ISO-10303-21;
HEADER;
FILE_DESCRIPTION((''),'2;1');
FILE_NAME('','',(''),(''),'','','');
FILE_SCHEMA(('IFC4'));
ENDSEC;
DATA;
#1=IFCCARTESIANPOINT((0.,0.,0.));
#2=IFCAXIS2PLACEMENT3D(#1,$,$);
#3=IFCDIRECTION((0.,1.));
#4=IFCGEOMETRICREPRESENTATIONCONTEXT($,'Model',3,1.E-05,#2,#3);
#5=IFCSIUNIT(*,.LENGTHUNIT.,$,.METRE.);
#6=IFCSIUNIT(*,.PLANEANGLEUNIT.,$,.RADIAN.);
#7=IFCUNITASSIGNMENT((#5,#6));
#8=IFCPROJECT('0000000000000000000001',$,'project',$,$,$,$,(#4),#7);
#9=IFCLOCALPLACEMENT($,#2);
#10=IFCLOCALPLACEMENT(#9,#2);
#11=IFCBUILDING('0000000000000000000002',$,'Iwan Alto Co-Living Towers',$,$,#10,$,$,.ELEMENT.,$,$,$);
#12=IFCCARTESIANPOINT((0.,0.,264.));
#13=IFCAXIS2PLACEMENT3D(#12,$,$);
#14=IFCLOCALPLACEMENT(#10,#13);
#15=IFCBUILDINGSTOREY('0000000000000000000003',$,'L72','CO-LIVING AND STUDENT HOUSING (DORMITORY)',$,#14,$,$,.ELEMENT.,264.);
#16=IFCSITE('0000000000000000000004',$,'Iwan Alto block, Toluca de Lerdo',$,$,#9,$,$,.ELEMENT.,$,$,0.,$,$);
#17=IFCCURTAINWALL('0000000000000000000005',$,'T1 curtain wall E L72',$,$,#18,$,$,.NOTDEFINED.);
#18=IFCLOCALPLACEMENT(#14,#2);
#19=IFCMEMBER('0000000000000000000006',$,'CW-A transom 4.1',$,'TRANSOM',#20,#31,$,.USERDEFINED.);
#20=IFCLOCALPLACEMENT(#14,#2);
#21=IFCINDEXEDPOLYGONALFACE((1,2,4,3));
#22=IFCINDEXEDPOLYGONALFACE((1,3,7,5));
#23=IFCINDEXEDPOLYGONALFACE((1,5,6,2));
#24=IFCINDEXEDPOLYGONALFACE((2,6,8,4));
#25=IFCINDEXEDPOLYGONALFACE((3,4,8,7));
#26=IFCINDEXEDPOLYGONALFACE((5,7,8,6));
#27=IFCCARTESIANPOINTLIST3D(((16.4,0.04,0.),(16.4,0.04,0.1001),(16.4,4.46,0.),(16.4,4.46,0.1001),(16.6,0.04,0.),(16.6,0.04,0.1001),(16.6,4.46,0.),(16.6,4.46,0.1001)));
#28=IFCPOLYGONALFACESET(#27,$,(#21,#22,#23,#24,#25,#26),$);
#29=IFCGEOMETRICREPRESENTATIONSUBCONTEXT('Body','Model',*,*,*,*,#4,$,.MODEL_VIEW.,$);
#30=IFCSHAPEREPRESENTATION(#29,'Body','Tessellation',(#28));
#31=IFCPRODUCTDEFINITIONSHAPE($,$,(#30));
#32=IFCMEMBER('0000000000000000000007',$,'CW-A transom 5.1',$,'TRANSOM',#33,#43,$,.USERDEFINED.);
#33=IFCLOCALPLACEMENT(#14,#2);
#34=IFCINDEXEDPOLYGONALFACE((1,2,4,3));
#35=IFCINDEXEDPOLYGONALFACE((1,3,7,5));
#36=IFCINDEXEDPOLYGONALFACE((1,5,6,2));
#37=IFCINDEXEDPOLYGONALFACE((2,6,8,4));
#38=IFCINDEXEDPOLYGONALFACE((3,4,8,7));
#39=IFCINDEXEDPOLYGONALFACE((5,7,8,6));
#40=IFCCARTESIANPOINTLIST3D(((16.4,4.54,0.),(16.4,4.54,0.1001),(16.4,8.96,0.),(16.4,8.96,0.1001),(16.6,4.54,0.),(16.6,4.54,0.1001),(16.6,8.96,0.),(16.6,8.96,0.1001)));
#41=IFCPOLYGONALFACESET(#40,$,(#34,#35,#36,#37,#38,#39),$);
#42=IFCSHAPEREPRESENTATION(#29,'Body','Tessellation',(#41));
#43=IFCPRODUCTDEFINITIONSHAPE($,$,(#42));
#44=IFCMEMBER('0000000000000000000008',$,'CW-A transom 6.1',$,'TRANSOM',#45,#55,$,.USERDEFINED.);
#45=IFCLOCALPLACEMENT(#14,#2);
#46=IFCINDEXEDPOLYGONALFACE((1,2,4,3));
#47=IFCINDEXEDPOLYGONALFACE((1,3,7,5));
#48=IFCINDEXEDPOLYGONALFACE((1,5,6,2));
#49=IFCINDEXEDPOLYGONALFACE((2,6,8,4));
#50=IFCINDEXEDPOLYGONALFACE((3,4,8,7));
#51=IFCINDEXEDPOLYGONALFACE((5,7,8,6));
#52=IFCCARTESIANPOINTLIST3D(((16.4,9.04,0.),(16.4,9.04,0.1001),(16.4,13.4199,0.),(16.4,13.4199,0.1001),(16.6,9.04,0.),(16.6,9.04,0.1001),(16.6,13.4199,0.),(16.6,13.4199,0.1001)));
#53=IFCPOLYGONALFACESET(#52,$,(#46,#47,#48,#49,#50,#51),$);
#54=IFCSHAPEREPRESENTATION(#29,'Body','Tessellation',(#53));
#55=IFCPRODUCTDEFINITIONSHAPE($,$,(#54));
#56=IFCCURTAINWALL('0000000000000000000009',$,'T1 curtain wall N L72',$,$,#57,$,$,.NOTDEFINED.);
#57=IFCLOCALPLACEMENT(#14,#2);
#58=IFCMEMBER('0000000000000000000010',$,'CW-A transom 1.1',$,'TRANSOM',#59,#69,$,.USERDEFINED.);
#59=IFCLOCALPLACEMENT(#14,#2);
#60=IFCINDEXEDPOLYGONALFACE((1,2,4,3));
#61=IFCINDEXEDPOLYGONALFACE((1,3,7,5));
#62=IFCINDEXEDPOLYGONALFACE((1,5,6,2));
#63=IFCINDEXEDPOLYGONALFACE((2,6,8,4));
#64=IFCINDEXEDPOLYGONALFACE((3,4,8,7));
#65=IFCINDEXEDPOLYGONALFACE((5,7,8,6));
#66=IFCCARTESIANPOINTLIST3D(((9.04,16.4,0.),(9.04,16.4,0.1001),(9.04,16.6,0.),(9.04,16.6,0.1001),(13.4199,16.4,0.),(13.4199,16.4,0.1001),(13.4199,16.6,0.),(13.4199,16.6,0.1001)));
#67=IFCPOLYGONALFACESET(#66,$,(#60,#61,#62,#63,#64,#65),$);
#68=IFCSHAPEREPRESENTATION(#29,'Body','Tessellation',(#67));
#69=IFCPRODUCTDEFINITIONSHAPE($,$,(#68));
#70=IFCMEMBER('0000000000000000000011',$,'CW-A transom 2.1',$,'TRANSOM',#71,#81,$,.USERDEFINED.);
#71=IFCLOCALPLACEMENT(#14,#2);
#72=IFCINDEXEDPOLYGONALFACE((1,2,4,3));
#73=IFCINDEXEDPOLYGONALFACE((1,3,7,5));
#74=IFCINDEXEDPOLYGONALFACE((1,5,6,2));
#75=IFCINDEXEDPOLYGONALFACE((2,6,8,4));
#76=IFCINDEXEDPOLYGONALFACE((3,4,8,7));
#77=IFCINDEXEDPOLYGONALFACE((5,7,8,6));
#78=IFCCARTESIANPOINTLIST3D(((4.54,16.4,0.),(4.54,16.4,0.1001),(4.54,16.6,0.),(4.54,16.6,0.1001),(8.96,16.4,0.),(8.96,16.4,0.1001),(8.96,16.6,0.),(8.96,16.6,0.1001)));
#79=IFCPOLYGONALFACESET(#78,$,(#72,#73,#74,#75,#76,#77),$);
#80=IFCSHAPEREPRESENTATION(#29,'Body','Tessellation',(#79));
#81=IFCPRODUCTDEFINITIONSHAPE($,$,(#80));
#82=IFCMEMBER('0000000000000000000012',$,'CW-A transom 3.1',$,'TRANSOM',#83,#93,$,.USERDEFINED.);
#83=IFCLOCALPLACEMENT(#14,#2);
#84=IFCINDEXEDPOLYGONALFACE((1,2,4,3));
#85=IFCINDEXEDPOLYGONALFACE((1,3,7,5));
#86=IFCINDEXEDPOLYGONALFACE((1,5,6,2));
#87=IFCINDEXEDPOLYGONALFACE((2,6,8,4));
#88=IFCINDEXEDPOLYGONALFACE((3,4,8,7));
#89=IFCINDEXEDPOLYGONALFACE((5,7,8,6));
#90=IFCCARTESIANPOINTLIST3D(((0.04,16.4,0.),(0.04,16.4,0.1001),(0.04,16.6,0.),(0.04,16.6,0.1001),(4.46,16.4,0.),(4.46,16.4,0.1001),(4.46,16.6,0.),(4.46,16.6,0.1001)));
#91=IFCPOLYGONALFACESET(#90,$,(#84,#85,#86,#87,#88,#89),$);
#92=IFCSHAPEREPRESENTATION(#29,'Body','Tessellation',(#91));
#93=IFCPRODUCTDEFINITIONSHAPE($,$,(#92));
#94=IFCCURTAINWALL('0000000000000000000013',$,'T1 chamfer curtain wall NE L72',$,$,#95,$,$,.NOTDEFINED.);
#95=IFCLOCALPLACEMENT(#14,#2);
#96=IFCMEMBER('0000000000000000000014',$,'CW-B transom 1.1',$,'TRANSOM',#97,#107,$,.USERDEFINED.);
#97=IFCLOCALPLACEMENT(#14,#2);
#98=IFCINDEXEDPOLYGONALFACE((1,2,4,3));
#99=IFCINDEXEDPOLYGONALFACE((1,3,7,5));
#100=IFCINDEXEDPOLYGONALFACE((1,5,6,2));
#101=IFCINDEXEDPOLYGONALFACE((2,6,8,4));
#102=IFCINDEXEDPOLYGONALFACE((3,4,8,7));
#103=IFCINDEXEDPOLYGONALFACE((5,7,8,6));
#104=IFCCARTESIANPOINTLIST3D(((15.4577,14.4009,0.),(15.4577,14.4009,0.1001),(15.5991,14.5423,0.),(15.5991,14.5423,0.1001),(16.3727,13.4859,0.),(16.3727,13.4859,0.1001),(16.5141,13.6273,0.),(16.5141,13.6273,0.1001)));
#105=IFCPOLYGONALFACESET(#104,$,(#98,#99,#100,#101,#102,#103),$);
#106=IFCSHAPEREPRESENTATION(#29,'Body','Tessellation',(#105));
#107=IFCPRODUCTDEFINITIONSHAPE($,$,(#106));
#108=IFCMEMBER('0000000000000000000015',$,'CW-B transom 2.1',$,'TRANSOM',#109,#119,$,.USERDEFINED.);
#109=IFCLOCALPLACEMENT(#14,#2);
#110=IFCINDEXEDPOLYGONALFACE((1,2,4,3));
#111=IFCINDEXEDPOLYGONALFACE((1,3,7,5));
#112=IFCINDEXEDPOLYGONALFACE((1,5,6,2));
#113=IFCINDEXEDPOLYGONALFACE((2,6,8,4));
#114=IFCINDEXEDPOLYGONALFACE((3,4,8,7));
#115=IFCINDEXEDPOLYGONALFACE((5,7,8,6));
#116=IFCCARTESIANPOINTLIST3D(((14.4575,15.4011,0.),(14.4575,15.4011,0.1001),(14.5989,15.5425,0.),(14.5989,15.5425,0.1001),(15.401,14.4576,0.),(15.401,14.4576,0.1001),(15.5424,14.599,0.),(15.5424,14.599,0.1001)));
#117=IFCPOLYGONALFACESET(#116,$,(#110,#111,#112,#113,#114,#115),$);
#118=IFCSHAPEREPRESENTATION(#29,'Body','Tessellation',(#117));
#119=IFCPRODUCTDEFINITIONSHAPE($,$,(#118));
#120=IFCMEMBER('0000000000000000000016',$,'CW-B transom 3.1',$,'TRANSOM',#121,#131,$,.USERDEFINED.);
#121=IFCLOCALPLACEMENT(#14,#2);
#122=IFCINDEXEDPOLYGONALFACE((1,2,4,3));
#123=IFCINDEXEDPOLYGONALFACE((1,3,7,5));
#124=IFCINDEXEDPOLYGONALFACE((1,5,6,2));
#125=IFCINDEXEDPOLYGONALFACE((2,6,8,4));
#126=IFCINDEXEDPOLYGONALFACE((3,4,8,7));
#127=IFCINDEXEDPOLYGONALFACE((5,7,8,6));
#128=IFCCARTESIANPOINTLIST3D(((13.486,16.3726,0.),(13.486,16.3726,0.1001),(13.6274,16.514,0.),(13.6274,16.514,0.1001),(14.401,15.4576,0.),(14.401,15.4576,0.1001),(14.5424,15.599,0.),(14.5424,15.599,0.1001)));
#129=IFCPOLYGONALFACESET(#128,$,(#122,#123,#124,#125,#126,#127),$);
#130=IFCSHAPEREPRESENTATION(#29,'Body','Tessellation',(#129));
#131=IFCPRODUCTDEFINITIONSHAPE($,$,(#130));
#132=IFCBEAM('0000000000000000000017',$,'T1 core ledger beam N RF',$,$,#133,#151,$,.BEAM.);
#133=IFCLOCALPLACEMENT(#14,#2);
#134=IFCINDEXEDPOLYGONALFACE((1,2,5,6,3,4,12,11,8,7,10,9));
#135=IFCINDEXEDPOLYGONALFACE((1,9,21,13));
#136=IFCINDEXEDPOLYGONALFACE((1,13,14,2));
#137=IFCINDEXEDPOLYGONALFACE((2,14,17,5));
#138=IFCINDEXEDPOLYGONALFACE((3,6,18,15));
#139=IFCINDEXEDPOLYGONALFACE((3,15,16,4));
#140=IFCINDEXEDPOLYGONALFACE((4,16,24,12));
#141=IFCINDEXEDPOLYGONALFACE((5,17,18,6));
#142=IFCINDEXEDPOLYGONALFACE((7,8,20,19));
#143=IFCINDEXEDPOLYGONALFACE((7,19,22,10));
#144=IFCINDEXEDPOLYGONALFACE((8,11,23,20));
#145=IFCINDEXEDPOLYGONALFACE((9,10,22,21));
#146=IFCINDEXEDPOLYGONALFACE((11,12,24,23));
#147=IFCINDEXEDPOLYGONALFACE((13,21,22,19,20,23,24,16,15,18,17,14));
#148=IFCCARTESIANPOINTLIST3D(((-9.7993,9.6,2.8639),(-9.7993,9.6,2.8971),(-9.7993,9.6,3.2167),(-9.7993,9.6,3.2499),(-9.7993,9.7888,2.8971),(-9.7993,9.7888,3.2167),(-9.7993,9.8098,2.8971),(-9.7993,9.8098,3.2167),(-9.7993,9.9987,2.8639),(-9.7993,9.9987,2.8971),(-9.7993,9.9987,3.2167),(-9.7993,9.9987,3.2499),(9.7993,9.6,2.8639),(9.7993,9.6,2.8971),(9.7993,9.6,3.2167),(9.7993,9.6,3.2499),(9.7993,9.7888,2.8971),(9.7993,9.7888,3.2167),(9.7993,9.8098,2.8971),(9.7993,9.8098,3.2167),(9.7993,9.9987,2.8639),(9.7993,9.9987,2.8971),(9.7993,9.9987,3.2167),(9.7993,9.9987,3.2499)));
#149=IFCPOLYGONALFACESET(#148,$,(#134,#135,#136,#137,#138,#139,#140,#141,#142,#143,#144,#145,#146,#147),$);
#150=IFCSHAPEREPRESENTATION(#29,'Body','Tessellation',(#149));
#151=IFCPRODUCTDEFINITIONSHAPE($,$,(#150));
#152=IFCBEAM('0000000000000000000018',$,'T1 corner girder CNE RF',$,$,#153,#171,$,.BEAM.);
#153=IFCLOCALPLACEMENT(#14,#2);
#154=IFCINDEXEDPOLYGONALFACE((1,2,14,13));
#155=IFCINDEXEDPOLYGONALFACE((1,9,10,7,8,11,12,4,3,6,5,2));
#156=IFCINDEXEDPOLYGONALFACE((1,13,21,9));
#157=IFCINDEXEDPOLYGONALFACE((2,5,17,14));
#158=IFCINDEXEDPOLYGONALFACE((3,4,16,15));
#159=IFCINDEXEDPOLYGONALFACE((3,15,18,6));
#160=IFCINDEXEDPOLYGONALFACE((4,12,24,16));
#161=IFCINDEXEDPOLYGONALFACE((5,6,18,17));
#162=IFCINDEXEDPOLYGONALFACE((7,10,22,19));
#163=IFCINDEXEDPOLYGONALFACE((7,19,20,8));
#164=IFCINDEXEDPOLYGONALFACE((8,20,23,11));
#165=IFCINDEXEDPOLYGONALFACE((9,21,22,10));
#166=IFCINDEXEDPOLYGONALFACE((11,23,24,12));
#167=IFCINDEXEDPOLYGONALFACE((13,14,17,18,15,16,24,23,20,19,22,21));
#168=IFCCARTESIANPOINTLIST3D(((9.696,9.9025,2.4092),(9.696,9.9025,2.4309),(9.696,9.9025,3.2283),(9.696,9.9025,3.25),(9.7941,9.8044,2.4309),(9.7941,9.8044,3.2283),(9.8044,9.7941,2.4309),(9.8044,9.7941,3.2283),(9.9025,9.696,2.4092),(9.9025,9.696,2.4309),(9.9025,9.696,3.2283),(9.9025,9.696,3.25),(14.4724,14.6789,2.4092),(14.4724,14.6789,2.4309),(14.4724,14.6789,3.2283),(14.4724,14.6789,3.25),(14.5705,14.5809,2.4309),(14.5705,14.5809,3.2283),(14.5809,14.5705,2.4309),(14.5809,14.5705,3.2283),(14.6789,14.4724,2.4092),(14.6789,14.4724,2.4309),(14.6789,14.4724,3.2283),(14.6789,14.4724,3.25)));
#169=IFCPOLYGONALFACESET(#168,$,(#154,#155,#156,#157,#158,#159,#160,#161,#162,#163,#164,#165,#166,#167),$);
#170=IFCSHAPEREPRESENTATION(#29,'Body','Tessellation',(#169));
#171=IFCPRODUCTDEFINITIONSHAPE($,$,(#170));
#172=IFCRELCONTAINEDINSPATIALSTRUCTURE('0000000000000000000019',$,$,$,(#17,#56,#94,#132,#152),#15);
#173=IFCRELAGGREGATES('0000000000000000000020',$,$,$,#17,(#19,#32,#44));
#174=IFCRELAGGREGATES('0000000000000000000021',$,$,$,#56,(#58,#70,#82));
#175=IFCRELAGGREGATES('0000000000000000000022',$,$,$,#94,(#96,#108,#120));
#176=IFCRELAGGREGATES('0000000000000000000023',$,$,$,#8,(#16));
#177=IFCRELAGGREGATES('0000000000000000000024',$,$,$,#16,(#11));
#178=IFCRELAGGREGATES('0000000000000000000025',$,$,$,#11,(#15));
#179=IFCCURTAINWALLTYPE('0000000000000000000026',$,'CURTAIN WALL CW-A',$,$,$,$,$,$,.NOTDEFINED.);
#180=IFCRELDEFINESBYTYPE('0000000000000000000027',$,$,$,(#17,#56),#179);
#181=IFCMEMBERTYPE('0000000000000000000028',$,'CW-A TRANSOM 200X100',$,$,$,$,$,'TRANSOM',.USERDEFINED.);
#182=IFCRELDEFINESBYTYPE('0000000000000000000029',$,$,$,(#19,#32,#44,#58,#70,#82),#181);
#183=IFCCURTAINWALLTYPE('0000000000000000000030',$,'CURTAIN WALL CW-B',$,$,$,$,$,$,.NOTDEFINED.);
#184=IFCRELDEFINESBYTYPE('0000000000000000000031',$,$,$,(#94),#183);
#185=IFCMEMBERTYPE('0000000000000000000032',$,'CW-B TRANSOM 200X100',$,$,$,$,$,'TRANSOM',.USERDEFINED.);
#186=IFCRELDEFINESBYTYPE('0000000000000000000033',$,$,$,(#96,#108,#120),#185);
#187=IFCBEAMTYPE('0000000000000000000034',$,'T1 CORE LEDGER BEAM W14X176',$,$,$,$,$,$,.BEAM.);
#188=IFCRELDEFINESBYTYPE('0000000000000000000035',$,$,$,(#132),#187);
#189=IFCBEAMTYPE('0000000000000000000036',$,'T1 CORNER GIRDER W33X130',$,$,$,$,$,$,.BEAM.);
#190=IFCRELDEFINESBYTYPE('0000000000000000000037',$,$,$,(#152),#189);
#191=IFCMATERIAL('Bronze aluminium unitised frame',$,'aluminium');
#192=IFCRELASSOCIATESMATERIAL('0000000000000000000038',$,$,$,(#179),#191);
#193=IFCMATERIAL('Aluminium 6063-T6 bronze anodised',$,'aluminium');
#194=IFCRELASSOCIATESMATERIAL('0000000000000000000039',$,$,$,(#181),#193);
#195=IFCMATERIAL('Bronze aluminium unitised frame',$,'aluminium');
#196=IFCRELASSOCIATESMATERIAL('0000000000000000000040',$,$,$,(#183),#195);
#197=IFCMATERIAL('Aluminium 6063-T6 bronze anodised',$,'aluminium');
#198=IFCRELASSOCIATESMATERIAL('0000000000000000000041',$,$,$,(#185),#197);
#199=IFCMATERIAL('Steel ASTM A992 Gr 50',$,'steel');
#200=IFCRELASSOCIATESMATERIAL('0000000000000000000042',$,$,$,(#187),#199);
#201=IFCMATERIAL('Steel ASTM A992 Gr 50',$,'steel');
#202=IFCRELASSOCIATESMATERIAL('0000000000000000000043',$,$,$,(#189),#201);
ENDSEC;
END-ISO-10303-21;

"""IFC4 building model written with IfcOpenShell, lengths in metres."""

from ifc_helpers import new_model, si_unit, direction, frame, origin, origin_2d, place, context, subcontext, project, spatial, rectangle, i_section, extrude, material, material_profile, profile_set, type_object, element, aggregate, save


model = new_model("IFC4")

# Units and contexts
model_context = context("Model", 3, precision=1e-05, world=origin(), true_north=direction((0.0, 1.0)))
body_context = subcontext(model_context, "Body", "Model", "MODEL_VIEW")
ifc_project = project(units=[si_unit("LENGTHUNIT", "METRE"), si_unit("PLANEANGLEUNIT", "RADIAN")], contexts=[model_context])

# Site, building, storey
site_placement = place(None, origin())
site = spatial("IfcSite", under=ifc_project, at=site_placement, Name="Iwan Alto block, Toluca de Lerdo", CompositionType="ELEMENT", RefElevation=0.0)
building_placement = place(site_placement, origin())
building = spatial("IfcBuilding", under=site, at=building_placement, Name="Iwan Alto Co-Living Towers", CompositionType="ELEMENT")
storey_placement = place(building_placement, frame((0.0, 0.0, 264.0)))
storey = spatial("IfcBuildingStorey", under=building, at=storey_placement, Name="L72", Description="CO-LIVING AND STUDENT HOUSING (DORMITORY)", CompositionType="ELEMENT", Elevation=264.0)

# Curtain walls, members
ifc_material_1 = material(Name="Bronze aluminium unitised frame", Category="aluminium")
curtain_wall_type_1 = type_object("IfcCurtainWallType", Name="CURTAIN WALL CW-A", PredefinedType="NOTDEFINED", material=ifc_material_1)
curtain_wall_1_placement = place(storey_placement, origin())
curtain_wall_1 = element("IfcCurtainWall", 1, at=curtain_wall_1_placement, inside=storey, type_object=curtain_wall_type_1, Name="T1 curtain wall E L72", PredefinedType="NOTDEFINED")
ifc_material_2 = material(Name="Aluminium 6063-T6 bronze anodised", Category="aluminium")
ifc_material_profile_1 = material_profile(ifc_material_2, rectangle(XDim=0.2, YDim=0.1001, at=origin_2d()), Name="AL 200X100")
ifc_profile_set_1 = profile_set([ifc_material_profile_1], Name="Aluminium 6063-T6 bronze anodised")
member_type_1 = type_object("IfcMemberType", Name="CW-A TRANSOM 200X100", ElementType="TRANSOM", PredefinedType="USERDEFINED", material=ifc_profile_set_1)
member_1_placement = place(storey_placement, frame((16.5, 0.04, 0.05), z_axis=(0.0, 1.0, 0.0), x_axis=(-1.0, 0.0, 0.0)))
member_1 = element("IfcMember", 2, at=member_1_placement, type_object=member_type_1, Name="CW-A transom 4.1", ObjectType="TRANSOM", PredefinedType="USERDEFINED", context=body_context, shape_type="SweptSolid", body=[
    extrude(rectangle(XDim=0.2, YDim=0.1001, at=origin_2d()), origin(), (0.0, 0.0, 1.0), 4.4199),
])
member_2_placement = place(storey_placement, frame((16.5, 4.54, 0.05), z_axis=(0.0, 1.0, 0.0), x_axis=(-1.0, 0.0, 0.0)))
member_2 = element("IfcMember", 3, at=member_2_placement, type_object=member_type_1, Name="CW-A transom 5.1", ObjectType="TRANSOM", PredefinedType="USERDEFINED", context=body_context, shape_type="SweptSolid", body=[
    extrude(rectangle(XDim=0.2, YDim=0.1001, at=origin_2d()), origin(), (0.0, 0.0, 1.0), 4.4199),
])
member_3_placement = place(storey_placement, frame((16.5, 9.04, 0.05), z_axis=(0.0, 1.0, 0.0), x_axis=(-1.0, 0.0, 0.0)))
member_3 = element("IfcMember", 4, at=member_3_placement, type_object=member_type_1, Name="CW-A transom 6.1", ObjectType="TRANSOM", PredefinedType="USERDEFINED", context=body_context, shape_type="SweptSolid", body=[
    extrude(rectangle(XDim=0.2, YDim=0.1001, at=origin_2d()), origin(), (0.0, 0.0, 1.0), 4.3799),
])
curtain_wall_2_placement = place(storey_placement, origin())
curtain_wall_2 = element("IfcCurtainWall", 5, at=curtain_wall_2_placement, inside=storey, type_object=curtain_wall_type_1, Name="T1 curtain wall N L72", PredefinedType="NOTDEFINED")
member_4_placement = place(storey_placement, frame((13.4199, 16.5, 0.05), z_axis=(-1.0, 0.0, 0.0), x_axis=(0.0, -1.0, 0.0)))
member_4 = element("IfcMember", 6, at=member_4_placement, type_object=member_type_1, Name="CW-A transom 1.1", ObjectType="TRANSOM", PredefinedType="USERDEFINED", context=body_context, shape_type="SweptSolid", body=[
    extrude(rectangle(XDim=0.2, YDim=0.1001, at=origin_2d()), origin(), (0.0, 0.0, 1.0), 4.3799),
])
member_5_placement = place(storey_placement, frame((8.96, 16.5, 0.05), z_axis=(-1.0, 0.0, 0.0), x_axis=(0.0, -1.0, 0.0)))
member_5 = element("IfcMember", 7, at=member_5_placement, type_object=member_type_1, Name="CW-A transom 2.1", ObjectType="TRANSOM", PredefinedType="USERDEFINED", context=body_context, shape_type="SweptSolid", body=[
    extrude(rectangle(XDim=0.2, YDim=0.1001, at=origin_2d()), origin(), (0.0, 0.0, 1.0), 4.4199),
])
member_6_placement = place(storey_placement, frame((4.46, 16.5, 0.05), z_axis=(-1.0, 0.0, 0.0), x_axis=(0.0, -1.0, 0.0)))
member_6 = element("IfcMember", 8, at=member_6_placement, type_object=member_type_1, Name="CW-A transom 3.1", ObjectType="TRANSOM", PredefinedType="USERDEFINED", context=body_context, shape_type="SweptSolid", body=[
    extrude(rectangle(XDim=0.2, YDim=0.1001, at=origin_2d()), origin(), (0.0, 0.0, 1.0), 4.4199),
])
ifc_material_3 = material(Name="Bronze aluminium unitised frame", Category="aluminium")
curtain_wall_type_2 = type_object("IfcCurtainWallType", Name="CURTAIN WALL CW-B", PredefinedType="NOTDEFINED", material=ifc_material_3)
curtain_wall_3_placement = place(storey_placement, origin())
curtain_wall_3 = element("IfcCurtainWall", 9, at=curtain_wall_3_placement, inside=storey, type_object=curtain_wall_type_2, Name="T1 chamfer curtain wall NE L72", PredefinedType="NOTDEFINED")
ifc_material_4 = material(Name="Aluminium 6063-T6 bronze anodised", Category="aluminium")
ifc_material_profile_2 = material_profile(ifc_material_4, rectangle(XDim=0.2, YDim=0.1001, at=origin_2d()), Name="AL 200X100")
ifc_profile_set_2 = profile_set([ifc_material_profile_2], Name="Aluminium 6063-T6 bronze anodised")
member_type_2 = type_object("IfcMemberType", Name="CW-B TRANSOM 200X100", ElementType="TRANSOM", PredefinedType="USERDEFINED", material=ifc_profile_set_2)
member_7_placement = place(storey_placement, frame((16.4434, 13.5566, 0.05), z_axis=(-0.707107, 0.707107, 0.0), x_axis=(-0.707107, -0.707107, 0.0)))
member_7 = element("IfcMember", 10, at=member_7_placement, type_object=member_type_2, Name="CW-B transom 1.1", ObjectType="TRANSOM", PredefinedType="USERDEFINED", context=body_context, shape_type="SweptSolid", body=[
    extrude(rectangle(XDim=0.2, YDim=0.1001, at=origin_2d()), origin(), (0.0, 0.0, 1.0), 1.2939),
])
member_8_placement = place(storey_placement, frame((15.4717, 14.5283, 0.05), z_axis=(-0.707107, 0.707107, 0.0), x_axis=(-0.707107, -0.707107, 0.0)))
member_8 = element("IfcMember", 11, at=member_8_placement, type_object=member_type_2, Name="CW-B transom 2.1", ObjectType="TRANSOM", PredefinedType="USERDEFINED", context=body_context, shape_type="SweptSolid", body=[
    extrude(rectangle(XDim=0.2, YDim=0.1001, at=origin_2d()), origin(), (0.0, 0.0, 1.0), 1.3342),
])
member_9_placement = place(storey_placement, frame((14.4717, 15.5283, 0.05), z_axis=(-0.707107, 0.707107, 0.0), x_axis=(-0.707107, -0.707107, 0.0)))
member_9 = element("IfcMember", 12, at=member_9_placement, type_object=member_type_2, Name="CW-B transom 3.1", ObjectType="TRANSOM", PredefinedType="USERDEFINED", context=body_context, shape_type="SweptSolid", body=[
    extrude(rectangle(XDim=0.2, YDim=0.1001, at=origin_2d()), origin(), (0.0, 0.0, 1.0), 1.2939),
])

# Beams
ifc_material_5 = material(Name="Steel ASTM A992 Gr 50", Category="steel")
ifc_material_profile_3 = material_profile(ifc_material_5, i_section(OverallWidth=0.3987, OverallDepth=0.386, WebThickness=0.021, FlangeThickness=0.0332, at=origin_2d()), Name="W14X176")
ifc_profile_set_3 = profile_set([ifc_material_profile_3], Name="Steel ASTM A992 Gr 50")
beam_type_1 = type_object("IfcBeamType", Name="T1 CORE LEDGER BEAM W14X176", PredefinedType="BEAM", material=ifc_profile_set_3)
beam_1_placement = place(storey_placement, frame((9.7993, 9.7993, 3.0569), z_axis=(-1.0, 0.0, 0.0), x_axis=(0.0, -1.0, 0.0)))
element("IfcBeam", 13, at=beam_1_placement, inside=storey, type_object=beam_type_1, Name="T1 core ledger beam N RF", PredefinedType="BEAM", context=body_context, shape_type="SweptSolid", body=[
    extrude(i_section(OverallWidth=0.3987, OverallDepth=0.386, WebThickness=0.021, FlangeThickness=0.0332, at=origin_2d()), origin(), (0.0, 0.0, 1.0), 19.5986),
])
ifc_material_6 = material(Name="Steel ASTM A992 Gr 50", Category="steel")
ifc_material_profile_4 = material_profile(ifc_material_6, i_section(OverallWidth=0.292, OverallDepth=0.8408, WebThickness=0.0146, FlangeThickness=0.0217, at=origin_2d()), Name="W33X130")
ifc_profile_set_4 = profile_set([ifc_material_profile_4], Name="Steel ASTM A992 Gr 50")
beam_type_2 = type_object("IfcBeamType", Name="T1 CORNER GIRDER W33X130", PredefinedType="BEAM", material=ifc_profile_set_4)
beam_2_placement = place(storey_placement, frame((14.5757, 14.5757, 2.8296), z_axis=(-0.707107, -0.707107, 0.0), x_axis=(0.707107, -0.707107, 0.0)))
element("IfcBeam", 14, at=beam_2_placement, inside=storey, type_object=beam_type_2, Name="T1 corner girder CNE RF", PredefinedType="BEAM", context=body_context, shape_type="SweptSolid", body=[
    extrude(i_section(OverallWidth=0.292, OverallDepth=0.8408, WebThickness=0.0146, FlangeThickness=0.0217, at=origin_2d()), origin(), (0.0, 0.0, 1.0), 6.7549),
])

aggregate(curtain_wall_1, [member_1, member_2, member_3])
aggregate(curtain_wall_2, [member_4, member_5, member_6])
aggregate(curtain_wall_3, [member_7, member_8, member_9])

save(model, "model.ifc")
